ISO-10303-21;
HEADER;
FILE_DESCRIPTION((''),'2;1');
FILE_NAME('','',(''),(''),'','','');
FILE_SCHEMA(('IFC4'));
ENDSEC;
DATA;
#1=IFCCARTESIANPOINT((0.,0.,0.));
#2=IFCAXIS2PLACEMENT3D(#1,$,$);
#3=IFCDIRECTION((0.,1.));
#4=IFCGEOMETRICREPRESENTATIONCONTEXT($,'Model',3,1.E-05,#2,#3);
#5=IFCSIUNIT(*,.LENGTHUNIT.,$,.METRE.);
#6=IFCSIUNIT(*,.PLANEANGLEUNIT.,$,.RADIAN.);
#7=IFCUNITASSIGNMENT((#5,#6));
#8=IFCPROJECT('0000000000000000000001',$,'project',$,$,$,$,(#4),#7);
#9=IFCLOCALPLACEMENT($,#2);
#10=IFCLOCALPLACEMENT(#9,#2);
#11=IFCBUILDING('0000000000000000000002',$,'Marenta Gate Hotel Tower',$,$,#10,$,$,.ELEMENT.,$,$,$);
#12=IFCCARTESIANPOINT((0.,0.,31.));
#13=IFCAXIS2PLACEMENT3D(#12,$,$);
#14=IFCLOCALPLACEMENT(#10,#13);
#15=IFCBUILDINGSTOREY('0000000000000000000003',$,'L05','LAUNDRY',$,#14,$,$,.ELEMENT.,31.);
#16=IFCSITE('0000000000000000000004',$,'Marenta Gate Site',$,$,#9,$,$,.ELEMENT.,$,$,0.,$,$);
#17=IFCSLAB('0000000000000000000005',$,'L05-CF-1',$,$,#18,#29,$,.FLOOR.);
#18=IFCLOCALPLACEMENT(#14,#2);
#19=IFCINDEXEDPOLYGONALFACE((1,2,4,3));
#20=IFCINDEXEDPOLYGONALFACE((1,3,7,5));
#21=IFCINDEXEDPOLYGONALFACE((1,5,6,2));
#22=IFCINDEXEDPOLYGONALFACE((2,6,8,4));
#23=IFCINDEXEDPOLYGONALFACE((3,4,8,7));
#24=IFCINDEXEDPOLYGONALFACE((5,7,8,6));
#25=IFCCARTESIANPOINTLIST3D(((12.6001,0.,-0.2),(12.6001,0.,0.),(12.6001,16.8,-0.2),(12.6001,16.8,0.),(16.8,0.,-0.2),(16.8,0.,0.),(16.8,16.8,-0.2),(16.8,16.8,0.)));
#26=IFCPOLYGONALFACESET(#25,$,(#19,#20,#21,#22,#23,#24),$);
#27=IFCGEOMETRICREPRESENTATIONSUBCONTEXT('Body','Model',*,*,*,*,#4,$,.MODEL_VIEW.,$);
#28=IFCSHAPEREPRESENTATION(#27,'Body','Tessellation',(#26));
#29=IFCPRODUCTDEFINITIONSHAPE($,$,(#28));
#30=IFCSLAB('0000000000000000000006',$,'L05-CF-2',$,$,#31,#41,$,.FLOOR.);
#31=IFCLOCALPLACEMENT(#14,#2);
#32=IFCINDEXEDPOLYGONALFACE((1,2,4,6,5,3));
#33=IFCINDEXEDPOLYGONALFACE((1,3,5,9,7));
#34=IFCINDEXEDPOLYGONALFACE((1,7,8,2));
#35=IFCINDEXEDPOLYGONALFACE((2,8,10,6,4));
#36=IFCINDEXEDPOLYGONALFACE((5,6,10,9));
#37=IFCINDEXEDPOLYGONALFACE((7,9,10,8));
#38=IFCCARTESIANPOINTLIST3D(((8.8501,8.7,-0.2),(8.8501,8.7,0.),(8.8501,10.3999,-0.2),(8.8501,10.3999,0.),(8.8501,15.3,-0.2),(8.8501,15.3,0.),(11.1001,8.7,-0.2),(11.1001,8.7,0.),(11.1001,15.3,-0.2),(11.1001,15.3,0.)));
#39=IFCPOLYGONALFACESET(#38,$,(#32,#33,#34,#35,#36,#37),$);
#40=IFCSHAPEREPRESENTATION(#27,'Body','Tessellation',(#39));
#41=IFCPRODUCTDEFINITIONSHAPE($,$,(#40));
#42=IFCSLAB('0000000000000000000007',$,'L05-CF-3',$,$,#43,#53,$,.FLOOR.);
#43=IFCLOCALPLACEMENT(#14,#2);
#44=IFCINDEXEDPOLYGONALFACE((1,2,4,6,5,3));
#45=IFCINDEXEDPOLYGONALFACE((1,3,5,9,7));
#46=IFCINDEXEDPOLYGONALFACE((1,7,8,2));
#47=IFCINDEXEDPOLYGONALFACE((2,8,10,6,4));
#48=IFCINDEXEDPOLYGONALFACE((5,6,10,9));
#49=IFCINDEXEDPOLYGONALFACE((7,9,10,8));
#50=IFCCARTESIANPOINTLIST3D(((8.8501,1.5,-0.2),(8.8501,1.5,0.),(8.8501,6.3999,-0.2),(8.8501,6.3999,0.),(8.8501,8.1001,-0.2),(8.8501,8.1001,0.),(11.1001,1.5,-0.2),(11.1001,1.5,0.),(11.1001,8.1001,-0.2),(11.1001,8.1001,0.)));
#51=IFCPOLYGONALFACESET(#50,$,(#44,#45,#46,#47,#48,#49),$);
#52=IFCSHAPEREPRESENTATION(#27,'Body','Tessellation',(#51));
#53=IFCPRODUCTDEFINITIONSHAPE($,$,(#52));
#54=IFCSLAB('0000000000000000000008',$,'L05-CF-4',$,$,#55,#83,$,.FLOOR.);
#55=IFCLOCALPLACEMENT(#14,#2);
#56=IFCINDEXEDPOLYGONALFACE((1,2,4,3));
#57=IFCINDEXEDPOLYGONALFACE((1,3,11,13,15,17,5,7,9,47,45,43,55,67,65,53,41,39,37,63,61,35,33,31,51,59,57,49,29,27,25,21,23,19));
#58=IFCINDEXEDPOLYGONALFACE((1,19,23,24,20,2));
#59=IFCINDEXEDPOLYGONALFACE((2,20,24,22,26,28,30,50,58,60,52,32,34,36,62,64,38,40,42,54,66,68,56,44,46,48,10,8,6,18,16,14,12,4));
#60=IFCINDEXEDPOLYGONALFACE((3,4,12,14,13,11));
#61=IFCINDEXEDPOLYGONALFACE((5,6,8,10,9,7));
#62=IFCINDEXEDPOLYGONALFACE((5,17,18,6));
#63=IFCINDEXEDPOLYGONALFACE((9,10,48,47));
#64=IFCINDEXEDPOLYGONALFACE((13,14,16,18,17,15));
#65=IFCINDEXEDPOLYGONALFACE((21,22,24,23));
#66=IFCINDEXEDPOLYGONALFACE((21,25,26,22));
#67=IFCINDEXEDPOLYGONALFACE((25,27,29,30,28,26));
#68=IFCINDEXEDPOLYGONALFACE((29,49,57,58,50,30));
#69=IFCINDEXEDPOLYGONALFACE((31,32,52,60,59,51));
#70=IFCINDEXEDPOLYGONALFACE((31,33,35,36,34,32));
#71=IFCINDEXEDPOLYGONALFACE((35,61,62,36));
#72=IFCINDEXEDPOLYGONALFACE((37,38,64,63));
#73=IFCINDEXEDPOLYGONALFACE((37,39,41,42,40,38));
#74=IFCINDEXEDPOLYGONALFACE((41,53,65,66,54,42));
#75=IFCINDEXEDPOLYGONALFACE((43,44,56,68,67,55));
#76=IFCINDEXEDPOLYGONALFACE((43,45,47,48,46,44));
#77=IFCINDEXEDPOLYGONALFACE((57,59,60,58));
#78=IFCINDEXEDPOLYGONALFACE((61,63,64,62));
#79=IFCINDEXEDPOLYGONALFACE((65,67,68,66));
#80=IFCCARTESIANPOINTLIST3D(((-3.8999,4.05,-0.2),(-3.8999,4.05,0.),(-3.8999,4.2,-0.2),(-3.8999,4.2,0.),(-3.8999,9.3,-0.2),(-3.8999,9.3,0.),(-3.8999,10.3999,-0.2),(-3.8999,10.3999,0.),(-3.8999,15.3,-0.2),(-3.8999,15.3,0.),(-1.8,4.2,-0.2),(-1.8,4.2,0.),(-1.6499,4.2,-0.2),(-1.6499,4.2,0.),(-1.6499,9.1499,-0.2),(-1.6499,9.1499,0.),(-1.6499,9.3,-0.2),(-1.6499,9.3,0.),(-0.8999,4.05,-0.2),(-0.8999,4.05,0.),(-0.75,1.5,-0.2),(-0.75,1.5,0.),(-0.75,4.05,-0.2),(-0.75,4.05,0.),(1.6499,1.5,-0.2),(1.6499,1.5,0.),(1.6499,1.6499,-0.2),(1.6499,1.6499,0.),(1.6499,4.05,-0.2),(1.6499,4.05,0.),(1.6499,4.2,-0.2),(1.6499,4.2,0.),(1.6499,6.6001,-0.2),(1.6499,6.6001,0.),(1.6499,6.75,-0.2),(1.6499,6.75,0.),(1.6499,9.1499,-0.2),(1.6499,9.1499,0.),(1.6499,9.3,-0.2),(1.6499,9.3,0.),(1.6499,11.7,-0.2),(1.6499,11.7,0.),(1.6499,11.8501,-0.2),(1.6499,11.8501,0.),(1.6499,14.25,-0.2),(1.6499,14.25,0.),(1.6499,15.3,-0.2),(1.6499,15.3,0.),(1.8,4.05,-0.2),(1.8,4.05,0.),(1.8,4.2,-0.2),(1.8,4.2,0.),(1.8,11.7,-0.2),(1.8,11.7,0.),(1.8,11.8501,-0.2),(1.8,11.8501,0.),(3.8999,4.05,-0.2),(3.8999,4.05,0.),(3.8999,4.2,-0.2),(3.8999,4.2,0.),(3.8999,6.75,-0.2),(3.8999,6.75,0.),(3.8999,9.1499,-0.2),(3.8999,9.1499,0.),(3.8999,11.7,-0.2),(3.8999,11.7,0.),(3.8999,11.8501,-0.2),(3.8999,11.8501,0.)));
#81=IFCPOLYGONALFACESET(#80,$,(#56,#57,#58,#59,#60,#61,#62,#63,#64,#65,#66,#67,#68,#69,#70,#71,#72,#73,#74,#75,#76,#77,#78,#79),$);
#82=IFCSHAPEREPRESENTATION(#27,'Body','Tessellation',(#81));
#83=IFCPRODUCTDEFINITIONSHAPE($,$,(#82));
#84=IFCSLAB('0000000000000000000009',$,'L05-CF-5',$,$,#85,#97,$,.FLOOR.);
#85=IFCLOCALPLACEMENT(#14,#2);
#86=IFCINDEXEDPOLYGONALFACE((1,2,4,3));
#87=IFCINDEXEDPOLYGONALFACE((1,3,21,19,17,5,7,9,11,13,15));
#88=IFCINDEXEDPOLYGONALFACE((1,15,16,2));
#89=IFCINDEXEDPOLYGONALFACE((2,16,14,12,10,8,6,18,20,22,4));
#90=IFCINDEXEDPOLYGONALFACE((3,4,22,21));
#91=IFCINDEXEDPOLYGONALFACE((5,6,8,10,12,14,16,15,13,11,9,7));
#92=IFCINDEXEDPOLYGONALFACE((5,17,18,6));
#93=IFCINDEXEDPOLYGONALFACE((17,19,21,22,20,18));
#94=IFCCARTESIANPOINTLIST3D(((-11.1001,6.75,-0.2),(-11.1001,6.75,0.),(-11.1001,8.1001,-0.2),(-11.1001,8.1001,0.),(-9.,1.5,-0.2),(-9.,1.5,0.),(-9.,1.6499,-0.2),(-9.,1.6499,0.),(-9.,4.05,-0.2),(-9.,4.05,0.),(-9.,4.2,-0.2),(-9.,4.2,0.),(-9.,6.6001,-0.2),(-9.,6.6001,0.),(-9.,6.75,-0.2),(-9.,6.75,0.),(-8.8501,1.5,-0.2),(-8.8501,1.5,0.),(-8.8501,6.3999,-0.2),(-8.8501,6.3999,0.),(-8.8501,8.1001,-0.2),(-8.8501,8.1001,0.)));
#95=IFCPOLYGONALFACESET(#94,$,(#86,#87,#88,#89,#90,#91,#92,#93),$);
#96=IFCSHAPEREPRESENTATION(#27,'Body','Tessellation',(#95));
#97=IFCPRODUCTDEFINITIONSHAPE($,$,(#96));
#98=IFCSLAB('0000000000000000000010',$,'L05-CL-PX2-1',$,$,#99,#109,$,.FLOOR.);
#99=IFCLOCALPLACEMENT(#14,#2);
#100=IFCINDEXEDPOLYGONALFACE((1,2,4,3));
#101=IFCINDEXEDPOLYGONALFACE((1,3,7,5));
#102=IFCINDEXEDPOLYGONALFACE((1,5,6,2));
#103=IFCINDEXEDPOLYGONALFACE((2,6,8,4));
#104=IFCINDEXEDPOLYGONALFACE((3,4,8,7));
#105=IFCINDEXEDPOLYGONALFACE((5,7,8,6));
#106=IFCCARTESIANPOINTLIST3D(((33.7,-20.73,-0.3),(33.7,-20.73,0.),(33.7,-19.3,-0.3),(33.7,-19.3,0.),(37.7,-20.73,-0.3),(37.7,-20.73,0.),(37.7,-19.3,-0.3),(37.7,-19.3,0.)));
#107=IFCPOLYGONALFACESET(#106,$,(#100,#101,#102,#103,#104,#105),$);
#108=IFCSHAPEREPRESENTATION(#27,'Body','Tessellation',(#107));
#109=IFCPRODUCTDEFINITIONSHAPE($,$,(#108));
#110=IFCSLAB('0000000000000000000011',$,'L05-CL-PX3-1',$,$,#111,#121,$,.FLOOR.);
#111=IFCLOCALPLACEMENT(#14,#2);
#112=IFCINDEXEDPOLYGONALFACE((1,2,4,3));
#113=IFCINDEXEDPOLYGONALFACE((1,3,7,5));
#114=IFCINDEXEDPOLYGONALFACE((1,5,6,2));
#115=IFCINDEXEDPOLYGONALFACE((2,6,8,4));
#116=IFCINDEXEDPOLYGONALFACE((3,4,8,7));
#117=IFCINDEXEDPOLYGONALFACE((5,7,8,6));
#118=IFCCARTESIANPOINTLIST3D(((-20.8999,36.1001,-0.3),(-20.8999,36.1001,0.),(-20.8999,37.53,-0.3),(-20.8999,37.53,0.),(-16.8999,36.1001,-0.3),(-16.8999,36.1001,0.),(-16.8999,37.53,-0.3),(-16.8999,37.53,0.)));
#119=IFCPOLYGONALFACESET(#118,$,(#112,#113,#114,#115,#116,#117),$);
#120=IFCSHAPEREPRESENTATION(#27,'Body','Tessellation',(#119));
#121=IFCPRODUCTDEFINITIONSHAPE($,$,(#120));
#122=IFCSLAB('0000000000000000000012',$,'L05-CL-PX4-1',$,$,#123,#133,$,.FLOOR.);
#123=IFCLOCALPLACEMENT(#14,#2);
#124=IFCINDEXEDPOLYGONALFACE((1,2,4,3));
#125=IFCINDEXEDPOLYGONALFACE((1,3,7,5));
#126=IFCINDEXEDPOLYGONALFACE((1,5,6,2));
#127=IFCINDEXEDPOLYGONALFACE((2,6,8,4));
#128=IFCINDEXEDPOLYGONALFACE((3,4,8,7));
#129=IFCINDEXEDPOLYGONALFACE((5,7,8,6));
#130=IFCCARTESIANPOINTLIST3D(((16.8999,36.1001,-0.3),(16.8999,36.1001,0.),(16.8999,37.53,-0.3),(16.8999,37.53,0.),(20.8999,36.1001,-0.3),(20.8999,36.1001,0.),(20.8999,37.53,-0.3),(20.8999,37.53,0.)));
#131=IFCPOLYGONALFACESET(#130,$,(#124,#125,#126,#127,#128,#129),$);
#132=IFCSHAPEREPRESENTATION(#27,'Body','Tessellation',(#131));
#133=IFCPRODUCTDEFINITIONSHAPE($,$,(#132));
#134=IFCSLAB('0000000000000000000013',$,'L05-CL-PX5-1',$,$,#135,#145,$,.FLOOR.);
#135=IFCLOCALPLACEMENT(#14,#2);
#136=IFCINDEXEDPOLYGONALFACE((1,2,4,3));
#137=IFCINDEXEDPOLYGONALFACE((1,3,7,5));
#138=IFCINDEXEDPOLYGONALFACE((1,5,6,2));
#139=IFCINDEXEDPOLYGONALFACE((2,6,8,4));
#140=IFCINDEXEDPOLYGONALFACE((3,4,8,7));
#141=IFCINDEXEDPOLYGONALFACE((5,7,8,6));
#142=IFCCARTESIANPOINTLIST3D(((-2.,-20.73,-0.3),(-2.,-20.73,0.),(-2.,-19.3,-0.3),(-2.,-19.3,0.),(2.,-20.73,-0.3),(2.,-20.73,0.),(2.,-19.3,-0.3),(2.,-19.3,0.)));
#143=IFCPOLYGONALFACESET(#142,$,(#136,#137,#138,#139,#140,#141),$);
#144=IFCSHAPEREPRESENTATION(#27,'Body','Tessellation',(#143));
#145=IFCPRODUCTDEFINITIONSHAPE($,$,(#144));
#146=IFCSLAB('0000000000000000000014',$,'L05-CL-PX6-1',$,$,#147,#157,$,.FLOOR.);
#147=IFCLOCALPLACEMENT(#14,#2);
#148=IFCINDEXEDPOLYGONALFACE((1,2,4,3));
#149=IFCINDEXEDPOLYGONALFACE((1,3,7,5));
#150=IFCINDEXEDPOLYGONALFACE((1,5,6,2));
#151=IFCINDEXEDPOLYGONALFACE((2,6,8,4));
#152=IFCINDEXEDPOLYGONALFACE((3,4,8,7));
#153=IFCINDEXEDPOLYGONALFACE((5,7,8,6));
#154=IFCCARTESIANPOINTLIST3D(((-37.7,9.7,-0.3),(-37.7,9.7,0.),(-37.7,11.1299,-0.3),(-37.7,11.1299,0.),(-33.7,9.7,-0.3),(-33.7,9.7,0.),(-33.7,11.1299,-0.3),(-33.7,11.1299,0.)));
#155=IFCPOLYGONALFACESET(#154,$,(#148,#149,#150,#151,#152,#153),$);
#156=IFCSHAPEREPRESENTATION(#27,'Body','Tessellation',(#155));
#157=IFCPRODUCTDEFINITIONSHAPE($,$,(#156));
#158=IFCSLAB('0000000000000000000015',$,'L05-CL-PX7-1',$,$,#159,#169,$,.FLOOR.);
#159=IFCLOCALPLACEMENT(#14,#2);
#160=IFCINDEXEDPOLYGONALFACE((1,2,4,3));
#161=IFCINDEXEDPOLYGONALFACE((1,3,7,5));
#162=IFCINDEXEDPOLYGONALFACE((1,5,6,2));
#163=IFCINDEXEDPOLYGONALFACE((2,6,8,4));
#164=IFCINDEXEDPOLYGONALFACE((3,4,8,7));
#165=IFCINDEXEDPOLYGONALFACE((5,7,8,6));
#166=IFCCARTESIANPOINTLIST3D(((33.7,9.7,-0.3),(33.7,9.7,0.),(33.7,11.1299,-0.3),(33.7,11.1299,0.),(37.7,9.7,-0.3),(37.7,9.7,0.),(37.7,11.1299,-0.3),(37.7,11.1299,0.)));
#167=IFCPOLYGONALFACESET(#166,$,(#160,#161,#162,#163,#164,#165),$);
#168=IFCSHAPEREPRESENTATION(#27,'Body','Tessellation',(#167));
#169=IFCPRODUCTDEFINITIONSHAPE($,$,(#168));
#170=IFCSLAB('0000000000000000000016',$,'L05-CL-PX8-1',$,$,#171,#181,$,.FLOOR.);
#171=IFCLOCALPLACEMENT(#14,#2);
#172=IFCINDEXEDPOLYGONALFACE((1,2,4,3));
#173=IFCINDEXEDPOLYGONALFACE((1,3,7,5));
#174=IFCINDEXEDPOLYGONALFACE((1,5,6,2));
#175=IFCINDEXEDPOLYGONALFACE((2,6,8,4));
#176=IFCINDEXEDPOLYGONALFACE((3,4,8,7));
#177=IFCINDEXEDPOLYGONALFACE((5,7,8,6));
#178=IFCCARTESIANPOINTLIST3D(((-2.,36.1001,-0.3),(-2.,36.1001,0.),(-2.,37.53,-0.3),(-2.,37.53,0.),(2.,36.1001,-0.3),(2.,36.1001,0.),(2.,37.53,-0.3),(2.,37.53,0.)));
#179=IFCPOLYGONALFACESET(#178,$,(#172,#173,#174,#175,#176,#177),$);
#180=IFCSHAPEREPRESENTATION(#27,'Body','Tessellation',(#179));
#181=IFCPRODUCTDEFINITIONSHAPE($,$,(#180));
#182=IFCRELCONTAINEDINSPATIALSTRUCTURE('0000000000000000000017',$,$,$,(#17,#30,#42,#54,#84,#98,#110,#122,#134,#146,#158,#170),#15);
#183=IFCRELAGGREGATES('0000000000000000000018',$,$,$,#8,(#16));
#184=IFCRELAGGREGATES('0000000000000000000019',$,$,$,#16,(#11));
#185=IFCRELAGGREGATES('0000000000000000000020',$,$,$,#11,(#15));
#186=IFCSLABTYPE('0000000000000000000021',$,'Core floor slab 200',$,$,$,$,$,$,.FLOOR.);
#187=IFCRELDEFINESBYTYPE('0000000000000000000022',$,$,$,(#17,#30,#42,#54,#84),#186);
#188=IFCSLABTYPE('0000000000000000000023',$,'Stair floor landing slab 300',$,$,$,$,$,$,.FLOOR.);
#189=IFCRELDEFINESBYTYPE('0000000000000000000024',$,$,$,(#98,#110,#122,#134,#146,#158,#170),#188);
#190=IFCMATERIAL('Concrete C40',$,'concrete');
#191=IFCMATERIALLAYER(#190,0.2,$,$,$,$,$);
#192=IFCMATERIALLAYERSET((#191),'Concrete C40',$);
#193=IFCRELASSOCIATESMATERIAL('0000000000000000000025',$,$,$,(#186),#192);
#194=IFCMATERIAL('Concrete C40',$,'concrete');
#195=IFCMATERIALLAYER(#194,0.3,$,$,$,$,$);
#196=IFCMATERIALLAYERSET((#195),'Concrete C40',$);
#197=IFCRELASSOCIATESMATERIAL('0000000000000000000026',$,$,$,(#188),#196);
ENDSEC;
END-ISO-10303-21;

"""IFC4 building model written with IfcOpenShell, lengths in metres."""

from ifc_helpers import new_model, si_unit, direction, frame, origin, place, context, subcontext, project, spatial, polyline, outline, extrude, material, layer, layer_set, type_object, element, save


model = new_model("IFC4")

# Units and contexts
model_context = context("Model", 3, precision=1e-05, world=origin(), true_north=direction((0.0, 1.0)))
body_context = subcontext(model_context, "Body", "Model", "MODEL_VIEW")
ifc_project = project(units=[si_unit("LENGTHUNIT", "METRE"), si_unit("PLANEANGLEUNIT", "RADIAN")], contexts=[model_context])

# Site, building, storey
site_placement = place(None, origin())
site = spatial("IfcSite", under=ifc_project, at=site_placement, Name="Marenta Gate Site", CompositionType="ELEMENT", RefElevation=0.0)
building_placement = place(site_placement, origin())
building = spatial("IfcBuilding", under=site, at=building_placement, Name="Marenta Gate Hotel Tower", CompositionType="ELEMENT")
storey_placement = place(building_placement, frame((0.0, 0.0, 31.0)))
storey = spatial("IfcBuildingStorey", under=building, at=storey_placement, Name="L05", Description="LAUNDRY", CompositionType="ELEMENT", Elevation=31.0)

# Slabs
ifc_material_1 = material(Name="Concrete C40", Category="concrete")
ifc_layer_1 = layer(ifc_material_1, 0.2)
ifc_layer_set_1 = layer_set([ifc_layer_1], Name="Concrete C40")
slab_type_1 = type_object("IfcSlabType", Name="Core floor slab 200", PredefinedType="FLOOR", material=ifc_layer_set_1)
slab_1_placement = place(storey_placement, frame((0.0, 0.0, -0.2)))
element("IfcSlab", 1, at=slab_1_placement, inside=storey, type_object=slab_type_1, Name="L05-CF-1", PredefinedType="FLOOR", context=body_context, shape_type="SweptSolid", body=[
    extrude(outline(polyline([(12.6001, 0.0), (12.6001, 16.8), (16.8, 16.8), (16.8, 0.0), (12.6001, 0.0)])), origin(), (0.0, 0.0, 1.0), 0.2),
])
slab_2_placement = place(storey_placement, frame((0.0, 0.0, -0.2)))
element("IfcSlab", 2, at=slab_2_placement, inside=storey, type_object=slab_type_1, Name="L05-CF-2", PredefinedType="FLOOR", context=body_context, shape_type="SweptSolid", body=[
    extrude(outline(polyline([(8.8501, 15.3), (11.1001, 15.3), (11.1001, 8.7), (8.8501, 8.7), (8.8501, 10.3999), (8.8501, 15.3)])), origin(), (0.0, 0.0, 1.0), 0.2),
])
slab_3_placement = place(storey_placement, frame((0.0, 0.0, -0.2)))
element("IfcSlab", 3, at=slab_3_placement, inside=storey, type_object=slab_type_1, Name="L05-CF-3", PredefinedType="FLOOR", context=body_context, shape_type="SweptSolid", body=[
    extrude(outline(polyline([(11.1001, 8.1001), (11.1001, 1.5), (8.8501, 1.5), (8.8501, 6.3999), (8.8501, 8.1001), (11.1001, 8.1001)])), origin(), (0.0, 0.0, 1.0), 0.2),
])
slab_4_placement = place(storey_placement, frame((0.0, 0.0, -0.2)))
element("IfcSlab", 4, at=slab_4_placement, inside=storey, type_object=slab_type_1, Name="L05-CF-4", PredefinedType="FLOOR", context=body_context, shape_type="SweptSolid", body=[
    extrude(outline(polyline([(1.6499, 14.25), (1.6499, 11.8501), (1.8, 11.8501), (3.8999, 11.8501), (3.8999, 11.7), (1.8, 11.7), (1.6499, 11.7), (1.6499, 9.3), (1.6499, 9.1499), (3.8999, 9.1499), (3.8999, 9.3), (3.8999, 10.3999), (3.8999, 10.3999), (3.8999, 6.3999), (3.8999, 6.3999), (3.8999, 6.6001), (3.8999, 6.75), (1.6499, 6.75), (1.6499, 6.6001), (1.6499, 4.2), (1.8, 4.2), (3.8999, 4.2), (3.8999, 4.05), (1.8, 4.05), (1.6499, 4.05), (1.6499, 1.6499), (1.6499, 1.5), (-0.75, 1.5), (-0.75, 4.05), (-0.8999, 4.05), (-3.8999, 4.05), (-3.8999, 4.2), (-1.8, 4.2), (-1.6499, 4.2), (-1.6499, 9.1499), (-1.6499, 9.3), (-3.8999, 9.3), (-3.8999, 9.1499), (-3.8999, 6.75), (-3.8999, 6.6001), (-3.8999, 6.3999), (-3.8999, 6.3999), (-3.8999, 10.3999), (-3.8999, 10.3999), (-3.8999, 15.3), (1.6499, 15.3), (1.6499, 14.25)])), origin(), (0.0, 0.0, 1.0), 0.2),
])
slab_5_placement = place(storey_placement, frame((0.0, 0.0, -0.2)))
element("IfcSlab", 5, at=slab_5_placement, inside=storey, type_object=slab_type_1, Name="L05-CF-5", PredefinedType="FLOOR", context=body_context, shape_type="SweptSolid", body=[
    extrude(outline(polyline([(-8.8501, 8.1001), (-8.8501, 6.3999), (-8.8501, 1.5), (-9.0, 1.5), (-9.0, 1.6499), (-9.0, 4.05), (-9.0, 4.2), (-9.0, 6.6001), (-9.0, 6.75), (-11.1001, 6.75), (-11.1001, 8.1001), (-8.8501, 8.1001)])), origin(), (0.0, 0.0, 1.0), 0.2),
])
ifc_material_2 = material(Name="Concrete C40", Category="concrete")
ifc_layer_2 = layer(ifc_material_2, 0.3)
ifc_layer_set_2 = layer_set([ifc_layer_2], Name="Concrete C40")
slab_type_2 = type_object("IfcSlabType", Name="Stair floor landing slab 300", PredefinedType="FLOOR", material=ifc_layer_set_2)
slab_6_placement = place(storey_placement, frame((0.0, 0.0, -0.3)))
element("IfcSlab", 6, at=slab_6_placement, inside=storey, type_object=slab_type_2, Name="L05-CL-PX2-1", PredefinedType="FLOOR", context=body_context, shape_type="SweptSolid", body=[
    extrude(outline(polyline([(37.7, -20.73), (33.7, -20.73), (33.7, -19.3), (37.7, -19.3), (37.7, -20.73)])), origin(), (0.0, 0.0, 1.0), 0.3),
])
slab_7_placement = place(storey_placement, frame((0.0, 0.0, -0.3)))
element("IfcSlab", 7, at=slab_7_placement, inside=storey, type_object=slab_type_2, Name="L05-CL-PX3-1", PredefinedType="FLOOR", context=body_context, shape_type="SweptSolid", body=[
    extrude(outline(polyline([(-16.8999, 36.1001), (-20.8999, 36.1001), (-20.8999, 37.53), (-16.8999, 37.53), (-16.8999, 36.1001)])), origin(), (0.0, 0.0, 1.0), 0.3),
])
slab_8_placement = place(storey_placement, frame((0.0, 0.0, -0.3)))
element("IfcSlab", 8, at=slab_8_placement, inside=storey, type_object=slab_type_2, Name="L05-CL-PX4-1", PredefinedType="FLOOR", context=body_context, shape_type="SweptSolid", body=[
    extrude(outline(polyline([(20.8999, 36.1001), (16.8999, 36.1001), (16.8999, 37.53), (20.8999, 37.53), (20.8999, 36.1001)])), origin(), (0.0, 0.0, 1.0), 0.3),
])
slab_9_placement = place(storey_placement, frame((0.0, 0.0, -0.3)))
element("IfcSlab", 9, at=slab_9_placement, inside=storey, type_object=slab_type_2, Name="L05-CL-PX5-1", PredefinedType="FLOOR", context=body_context, shape_type="SweptSolid", body=[
    extrude(outline(polyline([(2.0, -20.73), (-2.0, -20.73), (-2.0, -19.3), (2.0, -19.3), (2.0, -20.73)])), origin(), (0.0, 0.0, 1.0), 0.3),
])
slab_10_placement = place(storey_placement, frame((0.0, 0.0, -0.3)))
element("IfcSlab", 10, at=slab_10_placement, inside=storey, type_object=slab_type_2, Name="L05-CL-PX6-1", PredefinedType="FLOOR", context=body_context, shape_type="SweptSolid", body=[
    extrude(outline(polyline([(-33.7, 9.7), (-37.7, 9.7), (-37.7, 11.1299), (-33.7, 11.1299), (-33.7, 9.7)])), origin(), (0.0, 0.0, 1.0), 0.3),
])
slab_11_placement = place(storey_placement, frame((0.0, 0.0, -0.3)))
element("IfcSlab", 11, at=slab_11_placement, inside=storey, type_object=slab_type_2, Name="L05-CL-PX7-1", PredefinedType="FLOOR", context=body_context, shape_type="SweptSolid", body=[
    extrude(outline(polyline([(37.7, 9.7), (33.7, 9.7), (33.7, 11.1299), (37.7, 11.1299), (37.7, 9.7)])), origin(), (0.0, 0.0, 1.0), 0.3),
])
slab_12_placement = place(storey_placement, frame((0.0, 0.0, -0.3)))
element("IfcSlab", 12, at=slab_12_placement, inside=storey, type_object=slab_type_2, Name="L05-CL-PX8-1", PredefinedType="FLOOR", context=body_context, shape_type="SweptSolid", body=[
    extrude(outline(polyline([(2.0, 36.1001), (-2.0, 36.1001), (-2.0, 37.53), (2.0, 37.53), (2.0, 36.1001)])), origin(), (0.0, 0.0, 1.0), 0.3),
])

save(model, "model.ifc")
